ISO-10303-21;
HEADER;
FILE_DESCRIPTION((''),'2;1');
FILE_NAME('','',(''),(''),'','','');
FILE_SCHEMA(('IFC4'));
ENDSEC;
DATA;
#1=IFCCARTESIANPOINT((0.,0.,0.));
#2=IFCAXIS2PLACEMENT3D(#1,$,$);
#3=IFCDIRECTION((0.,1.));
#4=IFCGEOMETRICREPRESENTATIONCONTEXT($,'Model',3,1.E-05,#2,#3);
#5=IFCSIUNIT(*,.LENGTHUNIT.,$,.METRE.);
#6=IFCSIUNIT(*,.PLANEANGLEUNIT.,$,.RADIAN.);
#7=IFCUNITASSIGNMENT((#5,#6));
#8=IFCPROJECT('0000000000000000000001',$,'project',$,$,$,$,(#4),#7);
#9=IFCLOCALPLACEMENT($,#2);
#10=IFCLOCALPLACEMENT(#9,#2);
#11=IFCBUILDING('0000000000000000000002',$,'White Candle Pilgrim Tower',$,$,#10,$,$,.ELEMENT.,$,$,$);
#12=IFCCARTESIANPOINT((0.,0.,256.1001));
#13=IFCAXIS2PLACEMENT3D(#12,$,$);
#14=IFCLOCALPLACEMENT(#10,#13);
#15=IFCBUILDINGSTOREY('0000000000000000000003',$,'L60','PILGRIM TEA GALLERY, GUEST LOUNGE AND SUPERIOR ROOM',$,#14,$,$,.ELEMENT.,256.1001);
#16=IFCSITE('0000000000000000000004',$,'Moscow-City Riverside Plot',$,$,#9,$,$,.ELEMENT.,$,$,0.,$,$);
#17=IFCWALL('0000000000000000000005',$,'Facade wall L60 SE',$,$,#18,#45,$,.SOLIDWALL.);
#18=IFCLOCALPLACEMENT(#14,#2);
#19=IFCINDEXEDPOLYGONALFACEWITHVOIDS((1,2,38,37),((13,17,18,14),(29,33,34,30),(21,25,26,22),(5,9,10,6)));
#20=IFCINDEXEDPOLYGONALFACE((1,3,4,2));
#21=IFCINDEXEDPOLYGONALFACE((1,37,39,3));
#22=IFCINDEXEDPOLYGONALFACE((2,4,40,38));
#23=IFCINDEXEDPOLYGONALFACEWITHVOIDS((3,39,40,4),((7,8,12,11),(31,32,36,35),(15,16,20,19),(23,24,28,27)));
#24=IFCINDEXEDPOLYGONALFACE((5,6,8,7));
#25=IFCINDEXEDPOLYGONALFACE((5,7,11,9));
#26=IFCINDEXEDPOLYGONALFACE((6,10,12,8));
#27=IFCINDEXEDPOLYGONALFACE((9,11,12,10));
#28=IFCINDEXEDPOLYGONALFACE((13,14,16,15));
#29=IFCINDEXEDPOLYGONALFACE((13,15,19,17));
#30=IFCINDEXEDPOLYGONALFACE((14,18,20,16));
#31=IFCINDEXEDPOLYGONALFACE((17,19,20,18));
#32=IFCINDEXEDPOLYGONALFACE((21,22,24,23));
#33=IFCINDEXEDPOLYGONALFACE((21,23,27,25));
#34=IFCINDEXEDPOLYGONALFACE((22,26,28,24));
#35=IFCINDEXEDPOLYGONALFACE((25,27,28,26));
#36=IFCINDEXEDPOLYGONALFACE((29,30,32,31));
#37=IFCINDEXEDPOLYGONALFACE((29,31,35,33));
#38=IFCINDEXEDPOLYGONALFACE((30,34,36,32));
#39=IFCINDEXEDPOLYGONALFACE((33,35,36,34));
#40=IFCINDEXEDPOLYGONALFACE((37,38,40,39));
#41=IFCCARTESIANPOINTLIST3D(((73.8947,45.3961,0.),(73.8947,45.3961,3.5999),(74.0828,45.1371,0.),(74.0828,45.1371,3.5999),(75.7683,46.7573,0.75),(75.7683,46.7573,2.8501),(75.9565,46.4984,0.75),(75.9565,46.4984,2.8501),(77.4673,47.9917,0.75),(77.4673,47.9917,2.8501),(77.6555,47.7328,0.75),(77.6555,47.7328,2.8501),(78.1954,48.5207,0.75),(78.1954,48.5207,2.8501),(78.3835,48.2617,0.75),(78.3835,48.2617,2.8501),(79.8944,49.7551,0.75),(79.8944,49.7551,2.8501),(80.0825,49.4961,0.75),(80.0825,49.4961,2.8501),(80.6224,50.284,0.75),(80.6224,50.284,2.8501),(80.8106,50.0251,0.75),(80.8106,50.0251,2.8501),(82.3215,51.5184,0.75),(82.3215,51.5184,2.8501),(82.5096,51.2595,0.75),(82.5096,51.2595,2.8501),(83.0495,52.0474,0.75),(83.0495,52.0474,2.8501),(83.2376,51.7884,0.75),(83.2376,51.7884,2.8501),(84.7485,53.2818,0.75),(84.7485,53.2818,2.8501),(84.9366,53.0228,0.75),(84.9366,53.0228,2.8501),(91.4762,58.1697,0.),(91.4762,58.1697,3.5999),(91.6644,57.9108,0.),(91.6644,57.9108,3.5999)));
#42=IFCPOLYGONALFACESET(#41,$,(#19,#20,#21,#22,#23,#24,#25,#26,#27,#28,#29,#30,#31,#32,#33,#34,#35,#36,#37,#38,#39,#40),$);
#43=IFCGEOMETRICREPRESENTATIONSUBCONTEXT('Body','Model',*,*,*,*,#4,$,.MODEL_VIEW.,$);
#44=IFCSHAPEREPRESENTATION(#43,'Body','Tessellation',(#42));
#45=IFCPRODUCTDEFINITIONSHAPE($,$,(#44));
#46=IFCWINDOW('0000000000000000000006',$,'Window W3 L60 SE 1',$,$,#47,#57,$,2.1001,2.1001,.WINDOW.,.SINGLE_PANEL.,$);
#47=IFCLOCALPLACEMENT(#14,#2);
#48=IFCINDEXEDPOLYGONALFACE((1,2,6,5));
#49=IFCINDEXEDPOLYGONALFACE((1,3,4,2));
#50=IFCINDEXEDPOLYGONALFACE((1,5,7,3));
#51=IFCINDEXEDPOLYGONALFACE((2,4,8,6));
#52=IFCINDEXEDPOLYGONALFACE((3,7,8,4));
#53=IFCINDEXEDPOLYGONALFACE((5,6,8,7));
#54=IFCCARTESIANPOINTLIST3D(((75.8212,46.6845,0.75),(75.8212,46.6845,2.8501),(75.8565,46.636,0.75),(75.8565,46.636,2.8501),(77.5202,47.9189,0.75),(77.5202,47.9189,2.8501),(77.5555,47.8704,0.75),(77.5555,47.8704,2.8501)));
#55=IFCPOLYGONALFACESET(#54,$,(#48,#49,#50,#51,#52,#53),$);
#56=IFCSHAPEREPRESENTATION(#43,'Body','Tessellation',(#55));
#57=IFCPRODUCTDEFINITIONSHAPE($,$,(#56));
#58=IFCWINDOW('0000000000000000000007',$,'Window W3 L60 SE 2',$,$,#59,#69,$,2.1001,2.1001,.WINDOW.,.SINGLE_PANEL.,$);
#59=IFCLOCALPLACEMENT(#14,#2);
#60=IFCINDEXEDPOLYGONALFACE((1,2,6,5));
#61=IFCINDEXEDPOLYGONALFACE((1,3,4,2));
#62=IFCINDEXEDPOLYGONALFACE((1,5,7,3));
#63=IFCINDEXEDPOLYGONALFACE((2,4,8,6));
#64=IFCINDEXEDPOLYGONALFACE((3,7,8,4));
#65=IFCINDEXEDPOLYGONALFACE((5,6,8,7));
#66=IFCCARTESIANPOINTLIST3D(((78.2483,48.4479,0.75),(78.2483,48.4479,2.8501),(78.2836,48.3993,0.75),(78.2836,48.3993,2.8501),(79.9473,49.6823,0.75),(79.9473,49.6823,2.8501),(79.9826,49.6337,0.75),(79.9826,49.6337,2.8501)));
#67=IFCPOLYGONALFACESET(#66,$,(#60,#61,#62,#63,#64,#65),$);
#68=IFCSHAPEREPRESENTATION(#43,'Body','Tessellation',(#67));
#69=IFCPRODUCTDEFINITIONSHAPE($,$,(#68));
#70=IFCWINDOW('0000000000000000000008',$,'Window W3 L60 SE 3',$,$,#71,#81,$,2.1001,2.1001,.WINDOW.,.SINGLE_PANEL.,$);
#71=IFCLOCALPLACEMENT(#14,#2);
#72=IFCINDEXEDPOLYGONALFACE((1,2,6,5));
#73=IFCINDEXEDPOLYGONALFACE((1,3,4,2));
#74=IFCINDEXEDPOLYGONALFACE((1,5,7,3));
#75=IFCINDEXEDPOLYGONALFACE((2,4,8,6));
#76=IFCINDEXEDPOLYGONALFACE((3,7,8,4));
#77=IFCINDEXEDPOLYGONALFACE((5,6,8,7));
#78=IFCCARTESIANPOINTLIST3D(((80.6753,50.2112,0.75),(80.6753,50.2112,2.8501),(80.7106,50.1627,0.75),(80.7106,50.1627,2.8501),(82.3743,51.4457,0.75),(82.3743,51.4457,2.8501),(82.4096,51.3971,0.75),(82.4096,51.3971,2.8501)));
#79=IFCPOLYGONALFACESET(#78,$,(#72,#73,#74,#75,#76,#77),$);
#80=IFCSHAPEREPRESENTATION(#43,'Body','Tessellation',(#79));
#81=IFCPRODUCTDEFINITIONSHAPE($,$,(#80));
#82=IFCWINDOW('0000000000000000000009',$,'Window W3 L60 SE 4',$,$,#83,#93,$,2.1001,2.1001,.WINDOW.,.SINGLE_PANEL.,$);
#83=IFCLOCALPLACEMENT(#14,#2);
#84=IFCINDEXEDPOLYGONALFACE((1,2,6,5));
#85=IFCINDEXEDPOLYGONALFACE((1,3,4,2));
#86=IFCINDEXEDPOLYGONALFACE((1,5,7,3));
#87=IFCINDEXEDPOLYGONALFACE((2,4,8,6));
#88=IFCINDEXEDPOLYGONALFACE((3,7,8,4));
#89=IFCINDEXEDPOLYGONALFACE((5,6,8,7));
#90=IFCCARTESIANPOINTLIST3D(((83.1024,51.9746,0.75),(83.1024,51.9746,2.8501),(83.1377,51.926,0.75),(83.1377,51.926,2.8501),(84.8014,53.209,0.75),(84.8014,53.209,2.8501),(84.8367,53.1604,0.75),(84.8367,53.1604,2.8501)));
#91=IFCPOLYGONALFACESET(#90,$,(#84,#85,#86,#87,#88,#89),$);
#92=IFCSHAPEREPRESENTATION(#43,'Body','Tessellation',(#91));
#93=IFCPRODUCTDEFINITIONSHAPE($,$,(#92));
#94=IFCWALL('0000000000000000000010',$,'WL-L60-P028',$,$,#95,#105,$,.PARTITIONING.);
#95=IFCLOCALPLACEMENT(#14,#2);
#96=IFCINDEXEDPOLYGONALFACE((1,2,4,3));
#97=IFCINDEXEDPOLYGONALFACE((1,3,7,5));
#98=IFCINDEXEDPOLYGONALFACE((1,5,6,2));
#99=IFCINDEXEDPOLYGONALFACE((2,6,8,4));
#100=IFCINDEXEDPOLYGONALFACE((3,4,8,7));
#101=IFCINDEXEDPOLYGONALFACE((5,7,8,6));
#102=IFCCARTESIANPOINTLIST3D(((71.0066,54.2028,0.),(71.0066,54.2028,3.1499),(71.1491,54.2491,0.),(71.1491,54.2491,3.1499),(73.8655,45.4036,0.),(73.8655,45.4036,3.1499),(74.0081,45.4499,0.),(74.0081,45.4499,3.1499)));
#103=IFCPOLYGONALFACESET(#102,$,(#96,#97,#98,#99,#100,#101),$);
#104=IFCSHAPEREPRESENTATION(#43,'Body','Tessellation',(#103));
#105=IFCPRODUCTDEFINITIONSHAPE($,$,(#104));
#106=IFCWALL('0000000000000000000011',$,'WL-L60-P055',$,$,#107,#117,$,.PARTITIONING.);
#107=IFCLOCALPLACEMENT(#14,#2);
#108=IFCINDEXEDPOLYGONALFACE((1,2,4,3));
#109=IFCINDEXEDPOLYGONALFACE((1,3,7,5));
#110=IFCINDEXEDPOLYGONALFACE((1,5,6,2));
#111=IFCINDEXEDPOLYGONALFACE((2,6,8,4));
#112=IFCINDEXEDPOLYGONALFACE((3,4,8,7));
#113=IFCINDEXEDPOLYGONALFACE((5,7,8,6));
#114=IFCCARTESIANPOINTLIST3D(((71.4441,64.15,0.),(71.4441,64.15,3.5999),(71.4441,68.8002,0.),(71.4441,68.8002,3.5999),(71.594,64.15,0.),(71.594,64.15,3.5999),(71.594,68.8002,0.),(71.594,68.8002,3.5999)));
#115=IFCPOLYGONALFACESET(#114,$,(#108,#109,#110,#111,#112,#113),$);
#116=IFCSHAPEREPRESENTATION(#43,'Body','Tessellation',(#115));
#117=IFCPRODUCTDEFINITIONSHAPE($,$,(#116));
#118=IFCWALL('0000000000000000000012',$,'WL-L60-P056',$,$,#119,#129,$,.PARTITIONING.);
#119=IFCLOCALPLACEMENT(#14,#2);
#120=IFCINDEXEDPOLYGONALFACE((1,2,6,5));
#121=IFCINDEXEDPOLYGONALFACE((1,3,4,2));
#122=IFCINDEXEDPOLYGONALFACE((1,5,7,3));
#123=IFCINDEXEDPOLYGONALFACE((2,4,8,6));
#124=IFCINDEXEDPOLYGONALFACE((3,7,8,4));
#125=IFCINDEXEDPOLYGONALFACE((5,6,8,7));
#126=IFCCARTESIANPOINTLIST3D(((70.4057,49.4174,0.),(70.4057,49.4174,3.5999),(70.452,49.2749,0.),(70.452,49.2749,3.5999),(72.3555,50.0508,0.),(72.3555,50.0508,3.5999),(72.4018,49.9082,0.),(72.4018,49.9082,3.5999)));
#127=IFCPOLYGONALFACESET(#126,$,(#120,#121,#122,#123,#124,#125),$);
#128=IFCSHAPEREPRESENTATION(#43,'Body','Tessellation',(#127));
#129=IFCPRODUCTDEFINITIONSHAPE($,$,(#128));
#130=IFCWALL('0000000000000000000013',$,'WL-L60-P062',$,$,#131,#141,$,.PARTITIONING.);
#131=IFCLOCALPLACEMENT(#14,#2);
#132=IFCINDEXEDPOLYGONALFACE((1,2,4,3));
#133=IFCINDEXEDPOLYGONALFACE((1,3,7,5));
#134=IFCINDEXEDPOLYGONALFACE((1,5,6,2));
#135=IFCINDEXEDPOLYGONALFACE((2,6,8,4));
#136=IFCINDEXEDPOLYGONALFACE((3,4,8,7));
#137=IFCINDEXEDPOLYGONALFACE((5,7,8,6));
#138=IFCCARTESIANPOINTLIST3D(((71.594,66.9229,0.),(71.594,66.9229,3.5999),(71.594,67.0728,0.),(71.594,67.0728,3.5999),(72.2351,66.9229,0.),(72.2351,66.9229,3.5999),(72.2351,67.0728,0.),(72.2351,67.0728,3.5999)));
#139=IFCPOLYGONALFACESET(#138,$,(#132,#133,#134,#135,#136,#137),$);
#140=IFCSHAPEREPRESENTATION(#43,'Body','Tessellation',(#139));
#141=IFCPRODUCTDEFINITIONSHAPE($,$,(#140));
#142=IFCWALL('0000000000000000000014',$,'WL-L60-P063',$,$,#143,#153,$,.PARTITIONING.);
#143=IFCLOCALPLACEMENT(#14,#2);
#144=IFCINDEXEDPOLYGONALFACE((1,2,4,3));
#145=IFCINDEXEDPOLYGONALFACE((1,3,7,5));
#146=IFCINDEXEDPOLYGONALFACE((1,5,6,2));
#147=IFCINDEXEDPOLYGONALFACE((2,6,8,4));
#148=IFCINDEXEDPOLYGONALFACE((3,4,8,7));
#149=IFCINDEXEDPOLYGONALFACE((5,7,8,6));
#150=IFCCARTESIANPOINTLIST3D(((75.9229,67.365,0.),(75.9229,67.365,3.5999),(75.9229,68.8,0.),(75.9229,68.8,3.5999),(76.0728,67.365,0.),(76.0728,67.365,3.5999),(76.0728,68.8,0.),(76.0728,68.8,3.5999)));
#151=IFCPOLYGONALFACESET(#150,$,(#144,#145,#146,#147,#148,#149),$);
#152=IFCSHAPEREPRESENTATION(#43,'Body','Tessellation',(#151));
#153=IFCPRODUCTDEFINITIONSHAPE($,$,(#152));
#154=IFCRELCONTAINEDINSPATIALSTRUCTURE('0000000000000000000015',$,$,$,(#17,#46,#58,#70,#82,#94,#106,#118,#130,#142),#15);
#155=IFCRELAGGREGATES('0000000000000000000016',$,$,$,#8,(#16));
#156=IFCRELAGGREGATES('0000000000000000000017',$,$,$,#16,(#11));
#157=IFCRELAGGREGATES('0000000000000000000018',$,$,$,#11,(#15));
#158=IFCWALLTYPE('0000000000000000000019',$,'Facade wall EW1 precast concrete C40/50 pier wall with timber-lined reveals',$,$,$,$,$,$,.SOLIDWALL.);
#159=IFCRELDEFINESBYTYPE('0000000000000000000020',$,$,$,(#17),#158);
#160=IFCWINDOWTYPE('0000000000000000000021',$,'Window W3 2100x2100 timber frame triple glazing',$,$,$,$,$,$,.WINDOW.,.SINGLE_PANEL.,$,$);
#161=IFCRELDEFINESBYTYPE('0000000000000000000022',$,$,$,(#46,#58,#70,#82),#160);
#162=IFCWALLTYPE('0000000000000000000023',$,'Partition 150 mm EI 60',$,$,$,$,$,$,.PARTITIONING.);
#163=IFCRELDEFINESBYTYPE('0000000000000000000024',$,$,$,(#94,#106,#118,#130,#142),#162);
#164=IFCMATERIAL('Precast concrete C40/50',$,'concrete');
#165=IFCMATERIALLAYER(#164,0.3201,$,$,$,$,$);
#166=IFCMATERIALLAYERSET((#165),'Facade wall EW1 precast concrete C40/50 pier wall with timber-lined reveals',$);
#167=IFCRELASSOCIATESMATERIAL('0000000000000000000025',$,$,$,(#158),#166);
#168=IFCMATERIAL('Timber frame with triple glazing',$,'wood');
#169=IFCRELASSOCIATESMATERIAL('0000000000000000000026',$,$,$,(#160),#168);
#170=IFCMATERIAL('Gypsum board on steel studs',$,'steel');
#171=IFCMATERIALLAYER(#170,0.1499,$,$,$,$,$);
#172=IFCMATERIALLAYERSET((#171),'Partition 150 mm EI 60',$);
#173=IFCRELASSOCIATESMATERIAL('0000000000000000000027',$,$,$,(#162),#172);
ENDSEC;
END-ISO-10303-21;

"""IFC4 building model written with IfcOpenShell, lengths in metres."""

from ifc_helpers import new_model, si_unit, direction, frame, frame_2d, origin, place, context, subcontext, project, spatial, rectangle, extrude, material, layer, layer_set, type_object, element, fill, save


model = new_model("IFC4")

# Units and contexts
model_context = context("Model", 3, precision=1e-05, world=origin(), true_north=direction((0.0, 1.0)))
body_context = subcontext(model_context, "Body", "Model", "MODEL_VIEW")
ifc_project = project(units=[si_unit("LENGTHUNIT", "METRE"), si_unit("PLANEANGLEUNIT", "RADIAN")], contexts=[model_context])

# Site, building, storey
site_placement = place(None, origin())
site = spatial("IfcSite", under=ifc_project, at=site_placement, Name="Moscow-City Riverside Plot", CompositionType="ELEMENT", RefElevation=0.0)
building_placement = place(site_placement, origin())
building = spatial("IfcBuilding", under=site, at=building_placement, Name="White Candle Pilgrim Tower", CompositionType="ELEMENT")
storey_placement = place(building_placement, frame((0.0, 0.0, 256.1001)))
storey = spatial("IfcBuildingStorey", under=building, at=storey_placement, Name="L60", Description="PILGRIM TEA GALLERY, GUEST LOUNGE AND SUPERIOR ROOM", CompositionType="ELEMENT", Elevation=256.1001)

# Shared definitions
ifc_material_1 = material(Name="Gypsum board on steel studs", Category="steel")

# Wall, openings, windows
ifc_material_2 = material(Name="Precast concrete C40/50", Category="concrete")
ifc_layer_1 = layer(ifc_material_2, 0.3201)
ifc_layer_set_1 = layer_set([ifc_layer_1], Name="Facade wall EW1 precast concrete C40/50 pier wall with timber-lined reveals")
wall_type_1 = type_object("IfcWallType", Name="Facade wall EW1 precast concrete C40/50 pier wall with timber-lined reveals", PredefinedType="SOLIDWALL", material=ifc_layer_set_1)
wall_1_placement = place(storey_placement, frame((73.9888, 45.2666, 0.0), z_axis=(0.0, 0.0, 1.0), x_axis=(0.809018, 0.587784, 0.0)))
wall_1 = element("IfcWall", 1, at=wall_1_placement, inside=storey, type_object=wall_type_1, Name="Facade wall L60 SE", PredefinedType="SOLIDWALL", context=body_context, shape_type="SweptSolid", body=[
    extrude(rectangle(XDim=21.7319, YDim=0.3201, at=frame_2d((10.866, 0.0))), origin(), (0.0, 0.0, 1.0), 3.5999),
])
opening_1_placement = place(wall_1_placement, frame((2.3159, 0.0, 0.75)))
opening_1 = element("IfcOpeningElement", 2, at=opening_1_placement, cuts=wall_1, PredefinedType="OPENING", context=body_context, shape_type="SweptSolid", body=[
    extrude(rectangle(XDim=2.1001, YDim=2.1001, at=frame_2d((1.05, 1.05))), frame((0.0, 0.1699, 0.0), z_axis=(0.0, -1.0, 0.0), x_axis=(1.0, 0.0, 0.0)), (0.0, 0.0, 1.0), 0.3401),
])
opening_2_placement = place(wall_1_placement, frame((5.3159, 0.0, 0.75)))
opening_2 = element("IfcOpeningElement", 3, at=opening_2_placement, cuts=wall_1, PredefinedType="OPENING", context=body_context, shape_type="SweptSolid", body=[
    extrude(rectangle(XDim=2.1001, YDim=2.1001, at=frame_2d((1.05, 1.05))), frame((0.0, 0.1699, 0.0), z_axis=(0.0, -1.0, 0.0), x_axis=(1.0, 0.0, 0.0)), (0.0, 0.0, 1.0), 0.3401),
])
opening_3_placement = place(wall_1_placement, frame((8.3159, 0.0, 0.75)))
opening_3 = element("IfcOpeningElement", 4, at=opening_3_placement, cuts=wall_1, PredefinedType="OPENING", context=body_context, shape_type="SweptSolid", body=[
    extrude(rectangle(XDim=2.1001, YDim=2.1001, at=frame_2d((1.05, 1.05))), frame((0.0, 0.1699, 0.0), z_axis=(0.0, -1.0, 0.0), x_axis=(1.0, 0.0, 0.0)), (0.0, 0.0, 1.0), 0.3401),
])
opening_4_placement = place(wall_1_placement, frame((11.3159, 0.0, 0.75)))
opening_4 = element("IfcOpeningElement", 5, at=opening_4_placement, cuts=wall_1, PredefinedType="OPENING", context=body_context, shape_type="SweptSolid", body=[
    extrude(rectangle(XDim=2.1001, YDim=2.1001, at=frame_2d((1.05, 1.05))), frame((0.0, 0.1699, 0.0), z_axis=(0.0, -1.0, 0.0), x_axis=(1.0, 0.0, 0.0)), (0.0, 0.0, 1.0), 0.3401),
])
ifc_material_3 = material(Name="Timber frame with triple glazing", Category="wood")
window_type = type_object("IfcWindowType", Name="Window W3 2100x2100 timber frame triple glazing", PartitioningType="SINGLE_PANEL", PredefinedType="WINDOW", material=ifc_material_3)
window_1_placement = place(opening_1_placement, origin())
window_1 = element("IfcWindow", 6, at=window_1_placement, inside=storey, type_object=window_type, Name="Window W3 L60 SE 1", OverallHeight=2.1001, OverallWidth=2.1001, PartitioningType="SINGLE_PANEL", PredefinedType="WINDOW", context=body_context, shape_type="SweptSolid", body=[
    extrude(rectangle(XDim=2.1001, YDim=2.1001, at=frame_2d((1.05, 1.05))), frame((0.0, 0.0701, 0.0), z_axis=(0.0, -1.0, 0.0), x_axis=(1.0, 0.0, 0.0)), (0.0, 0.0, 1.0), 0.0601),
])
fill(opening_1, window_1)
window_2_placement = place(opening_2_placement, origin())
window_2 = element("IfcWindow", 7, at=window_2_placement, inside=storey, type_object=window_type, Name="Window W3 L60 SE 2", OverallHeight=2.1001, OverallWidth=2.1001, PartitioningType="SINGLE_PANEL", PredefinedType="WINDOW", context=body_context, shape_type="SweptSolid", body=[
    extrude(rectangle(XDim=2.1001, YDim=2.1001, at=frame_2d((1.05, 1.05))), frame((0.0, 0.0701, 0.0), z_axis=(0.0, -1.0, 0.0), x_axis=(1.0, 0.0, 0.0)), (0.0, 0.0, 1.0), 0.0601),
])
fill(opening_2, window_2)
window_3_placement = place(opening_3_placement, origin())
window_3 = element("IfcWindow", 8, at=window_3_placement, inside=storey, type_object=window_type, Name="Window W3 L60 SE 3", OverallHeight=2.1001, OverallWidth=2.1001, PartitioningType="SINGLE_PANEL", PredefinedType="WINDOW", context=body_context, shape_type="SweptSolid", body=[
    extrude(rectangle(XDim=2.1001, YDim=2.1001, at=frame_2d((1.05, 1.05))), frame((0.0, 0.0701, 0.0), z_axis=(0.0, -1.0, 0.0), x_axis=(1.0, 0.0, 0.0)), (0.0, 0.0, 1.0), 0.0601),
])
fill(opening_3, window_3)
window_4_placement = place(opening_4_placement, origin())
window_4 = element("IfcWindow", 9, at=window_4_placement, inside=storey, type_object=window_type, Name="Window W3 L60 SE 4", OverallHeight=2.1001, OverallWidth=2.1001, PartitioningType="SINGLE_PANEL", PredefinedType="WINDOW", context=body_context, shape_type="SweptSolid", body=[
    extrude(rectangle(XDim=2.1001, YDim=2.1001, at=frame_2d((1.05, 1.05))), frame((0.0, 0.0701, 0.0), z_axis=(0.0, -1.0, 0.0), x_axis=(1.0, 0.0, 0.0)), (0.0, 0.0, 1.0), 0.0601),
])
fill(opening_4, window_4)

# Walls
ifc_layer_2 = layer(ifc_material_1, 0.1499)
ifc_layer_set_2 = layer_set([ifc_layer_2], Name="Partition 150 mm EI 60")
wall_type_2 = type_object("IfcWallType", Name="Partition 150 mm EI 60", PredefinedType="PARTITIONING", material=ifc_layer_set_2)
wall_2_placement = place(storey_placement, frame((73.9368, 45.4268, 0.0), z_axis=(0.0, 0.0, 1.0), x_axis=(-0.309007, 0.95106, 0.0)))
element("IfcWall", 10, at=wall_2_placement, inside=storey, type_object=wall_type_2, Name="WL-L60-P028", PredefinedType="PARTITIONING", context=body_context, shape_type="SweptSolid", body=[
    extrude(rectangle(XDim=9.252, YDim=0.1499, at=frame_2d((4.626, 0.0))), origin(), (0.0, 0.0, 1.0), 3.1499),
])
wall_3_placement = place(storey_placement, frame((71.519, 64.1499, 0.0), z_axis=(0.0, 0.0, 1.0), x_axis=(0.0, 1.0, 0.0)))
element("IfcWall", 11, at=wall_3_placement, inside=storey, type_object=wall_type_2, Name="WL-L60-P055", PredefinedType="PARTITIONING", context=body_context, shape_type="SweptSolid", body=[
    extrude(rectangle(XDim=4.6501, YDim=0.1499, at=frame_2d((2.3252, 0.0))), origin(), (0.0, 0.0, 1.0), 3.5999),
])
wall_4_placement = place(storey_placement, frame((70.429, 49.3462, 0.0), z_axis=(0.0, 0.0, 1.0), x_axis=(0.951085, 0.30893, 0.0)))
element("IfcWall", 12, at=wall_4_placement, inside=storey, type_object=wall_type_2, Name="WL-L60-P056", PredefinedType="PARTITIONING", context=body_context, shape_type="SweptSolid", body=[
    extrude(rectangle(XDim=2.05, YDim=0.1499, at=frame_2d((1.0249, 0.0))), origin(), (0.0, 0.0, 1.0), 3.5999),
])
wall_5_placement = place(storey_placement, frame((72.2351, 66.9978, 0.0), z_axis=(0.0, 0.0, 1.0), x_axis=(-1.0, 0.0, 0.0)))
element("IfcWall", 13, at=wall_5_placement, inside=storey, type_object=wall_type_2, Name="WL-L60-P062", PredefinedType="PARTITIONING", context=body_context, shape_type="SweptSolid", body=[
    extrude(rectangle(XDim=0.6411, YDim=0.1499, at=frame_2d((0.3206, 0.0))), origin(), (0.0, 0.0, 1.0), 3.5999),
])
wall_6_placement = place(storey_placement, frame((75.9978, 67.365, 0.0), z_axis=(0.0, 0.0, 1.0), x_axis=(0.0, 1.0, 0.0)))
element("IfcWall", 14, at=wall_6_placement, inside=storey, type_object=wall_type_2, Name="WL-L60-P063", PredefinedType="PARTITIONING", context=body_context, shape_type="SweptSolid", body=[
    extrude(rectangle(XDim=1.4351, YDim=0.1499, at=frame_2d((0.7175, 0.0))), origin(), (0.0, 0.0, 1.0), 3.5999),
])

save(model, "model.ifc")
